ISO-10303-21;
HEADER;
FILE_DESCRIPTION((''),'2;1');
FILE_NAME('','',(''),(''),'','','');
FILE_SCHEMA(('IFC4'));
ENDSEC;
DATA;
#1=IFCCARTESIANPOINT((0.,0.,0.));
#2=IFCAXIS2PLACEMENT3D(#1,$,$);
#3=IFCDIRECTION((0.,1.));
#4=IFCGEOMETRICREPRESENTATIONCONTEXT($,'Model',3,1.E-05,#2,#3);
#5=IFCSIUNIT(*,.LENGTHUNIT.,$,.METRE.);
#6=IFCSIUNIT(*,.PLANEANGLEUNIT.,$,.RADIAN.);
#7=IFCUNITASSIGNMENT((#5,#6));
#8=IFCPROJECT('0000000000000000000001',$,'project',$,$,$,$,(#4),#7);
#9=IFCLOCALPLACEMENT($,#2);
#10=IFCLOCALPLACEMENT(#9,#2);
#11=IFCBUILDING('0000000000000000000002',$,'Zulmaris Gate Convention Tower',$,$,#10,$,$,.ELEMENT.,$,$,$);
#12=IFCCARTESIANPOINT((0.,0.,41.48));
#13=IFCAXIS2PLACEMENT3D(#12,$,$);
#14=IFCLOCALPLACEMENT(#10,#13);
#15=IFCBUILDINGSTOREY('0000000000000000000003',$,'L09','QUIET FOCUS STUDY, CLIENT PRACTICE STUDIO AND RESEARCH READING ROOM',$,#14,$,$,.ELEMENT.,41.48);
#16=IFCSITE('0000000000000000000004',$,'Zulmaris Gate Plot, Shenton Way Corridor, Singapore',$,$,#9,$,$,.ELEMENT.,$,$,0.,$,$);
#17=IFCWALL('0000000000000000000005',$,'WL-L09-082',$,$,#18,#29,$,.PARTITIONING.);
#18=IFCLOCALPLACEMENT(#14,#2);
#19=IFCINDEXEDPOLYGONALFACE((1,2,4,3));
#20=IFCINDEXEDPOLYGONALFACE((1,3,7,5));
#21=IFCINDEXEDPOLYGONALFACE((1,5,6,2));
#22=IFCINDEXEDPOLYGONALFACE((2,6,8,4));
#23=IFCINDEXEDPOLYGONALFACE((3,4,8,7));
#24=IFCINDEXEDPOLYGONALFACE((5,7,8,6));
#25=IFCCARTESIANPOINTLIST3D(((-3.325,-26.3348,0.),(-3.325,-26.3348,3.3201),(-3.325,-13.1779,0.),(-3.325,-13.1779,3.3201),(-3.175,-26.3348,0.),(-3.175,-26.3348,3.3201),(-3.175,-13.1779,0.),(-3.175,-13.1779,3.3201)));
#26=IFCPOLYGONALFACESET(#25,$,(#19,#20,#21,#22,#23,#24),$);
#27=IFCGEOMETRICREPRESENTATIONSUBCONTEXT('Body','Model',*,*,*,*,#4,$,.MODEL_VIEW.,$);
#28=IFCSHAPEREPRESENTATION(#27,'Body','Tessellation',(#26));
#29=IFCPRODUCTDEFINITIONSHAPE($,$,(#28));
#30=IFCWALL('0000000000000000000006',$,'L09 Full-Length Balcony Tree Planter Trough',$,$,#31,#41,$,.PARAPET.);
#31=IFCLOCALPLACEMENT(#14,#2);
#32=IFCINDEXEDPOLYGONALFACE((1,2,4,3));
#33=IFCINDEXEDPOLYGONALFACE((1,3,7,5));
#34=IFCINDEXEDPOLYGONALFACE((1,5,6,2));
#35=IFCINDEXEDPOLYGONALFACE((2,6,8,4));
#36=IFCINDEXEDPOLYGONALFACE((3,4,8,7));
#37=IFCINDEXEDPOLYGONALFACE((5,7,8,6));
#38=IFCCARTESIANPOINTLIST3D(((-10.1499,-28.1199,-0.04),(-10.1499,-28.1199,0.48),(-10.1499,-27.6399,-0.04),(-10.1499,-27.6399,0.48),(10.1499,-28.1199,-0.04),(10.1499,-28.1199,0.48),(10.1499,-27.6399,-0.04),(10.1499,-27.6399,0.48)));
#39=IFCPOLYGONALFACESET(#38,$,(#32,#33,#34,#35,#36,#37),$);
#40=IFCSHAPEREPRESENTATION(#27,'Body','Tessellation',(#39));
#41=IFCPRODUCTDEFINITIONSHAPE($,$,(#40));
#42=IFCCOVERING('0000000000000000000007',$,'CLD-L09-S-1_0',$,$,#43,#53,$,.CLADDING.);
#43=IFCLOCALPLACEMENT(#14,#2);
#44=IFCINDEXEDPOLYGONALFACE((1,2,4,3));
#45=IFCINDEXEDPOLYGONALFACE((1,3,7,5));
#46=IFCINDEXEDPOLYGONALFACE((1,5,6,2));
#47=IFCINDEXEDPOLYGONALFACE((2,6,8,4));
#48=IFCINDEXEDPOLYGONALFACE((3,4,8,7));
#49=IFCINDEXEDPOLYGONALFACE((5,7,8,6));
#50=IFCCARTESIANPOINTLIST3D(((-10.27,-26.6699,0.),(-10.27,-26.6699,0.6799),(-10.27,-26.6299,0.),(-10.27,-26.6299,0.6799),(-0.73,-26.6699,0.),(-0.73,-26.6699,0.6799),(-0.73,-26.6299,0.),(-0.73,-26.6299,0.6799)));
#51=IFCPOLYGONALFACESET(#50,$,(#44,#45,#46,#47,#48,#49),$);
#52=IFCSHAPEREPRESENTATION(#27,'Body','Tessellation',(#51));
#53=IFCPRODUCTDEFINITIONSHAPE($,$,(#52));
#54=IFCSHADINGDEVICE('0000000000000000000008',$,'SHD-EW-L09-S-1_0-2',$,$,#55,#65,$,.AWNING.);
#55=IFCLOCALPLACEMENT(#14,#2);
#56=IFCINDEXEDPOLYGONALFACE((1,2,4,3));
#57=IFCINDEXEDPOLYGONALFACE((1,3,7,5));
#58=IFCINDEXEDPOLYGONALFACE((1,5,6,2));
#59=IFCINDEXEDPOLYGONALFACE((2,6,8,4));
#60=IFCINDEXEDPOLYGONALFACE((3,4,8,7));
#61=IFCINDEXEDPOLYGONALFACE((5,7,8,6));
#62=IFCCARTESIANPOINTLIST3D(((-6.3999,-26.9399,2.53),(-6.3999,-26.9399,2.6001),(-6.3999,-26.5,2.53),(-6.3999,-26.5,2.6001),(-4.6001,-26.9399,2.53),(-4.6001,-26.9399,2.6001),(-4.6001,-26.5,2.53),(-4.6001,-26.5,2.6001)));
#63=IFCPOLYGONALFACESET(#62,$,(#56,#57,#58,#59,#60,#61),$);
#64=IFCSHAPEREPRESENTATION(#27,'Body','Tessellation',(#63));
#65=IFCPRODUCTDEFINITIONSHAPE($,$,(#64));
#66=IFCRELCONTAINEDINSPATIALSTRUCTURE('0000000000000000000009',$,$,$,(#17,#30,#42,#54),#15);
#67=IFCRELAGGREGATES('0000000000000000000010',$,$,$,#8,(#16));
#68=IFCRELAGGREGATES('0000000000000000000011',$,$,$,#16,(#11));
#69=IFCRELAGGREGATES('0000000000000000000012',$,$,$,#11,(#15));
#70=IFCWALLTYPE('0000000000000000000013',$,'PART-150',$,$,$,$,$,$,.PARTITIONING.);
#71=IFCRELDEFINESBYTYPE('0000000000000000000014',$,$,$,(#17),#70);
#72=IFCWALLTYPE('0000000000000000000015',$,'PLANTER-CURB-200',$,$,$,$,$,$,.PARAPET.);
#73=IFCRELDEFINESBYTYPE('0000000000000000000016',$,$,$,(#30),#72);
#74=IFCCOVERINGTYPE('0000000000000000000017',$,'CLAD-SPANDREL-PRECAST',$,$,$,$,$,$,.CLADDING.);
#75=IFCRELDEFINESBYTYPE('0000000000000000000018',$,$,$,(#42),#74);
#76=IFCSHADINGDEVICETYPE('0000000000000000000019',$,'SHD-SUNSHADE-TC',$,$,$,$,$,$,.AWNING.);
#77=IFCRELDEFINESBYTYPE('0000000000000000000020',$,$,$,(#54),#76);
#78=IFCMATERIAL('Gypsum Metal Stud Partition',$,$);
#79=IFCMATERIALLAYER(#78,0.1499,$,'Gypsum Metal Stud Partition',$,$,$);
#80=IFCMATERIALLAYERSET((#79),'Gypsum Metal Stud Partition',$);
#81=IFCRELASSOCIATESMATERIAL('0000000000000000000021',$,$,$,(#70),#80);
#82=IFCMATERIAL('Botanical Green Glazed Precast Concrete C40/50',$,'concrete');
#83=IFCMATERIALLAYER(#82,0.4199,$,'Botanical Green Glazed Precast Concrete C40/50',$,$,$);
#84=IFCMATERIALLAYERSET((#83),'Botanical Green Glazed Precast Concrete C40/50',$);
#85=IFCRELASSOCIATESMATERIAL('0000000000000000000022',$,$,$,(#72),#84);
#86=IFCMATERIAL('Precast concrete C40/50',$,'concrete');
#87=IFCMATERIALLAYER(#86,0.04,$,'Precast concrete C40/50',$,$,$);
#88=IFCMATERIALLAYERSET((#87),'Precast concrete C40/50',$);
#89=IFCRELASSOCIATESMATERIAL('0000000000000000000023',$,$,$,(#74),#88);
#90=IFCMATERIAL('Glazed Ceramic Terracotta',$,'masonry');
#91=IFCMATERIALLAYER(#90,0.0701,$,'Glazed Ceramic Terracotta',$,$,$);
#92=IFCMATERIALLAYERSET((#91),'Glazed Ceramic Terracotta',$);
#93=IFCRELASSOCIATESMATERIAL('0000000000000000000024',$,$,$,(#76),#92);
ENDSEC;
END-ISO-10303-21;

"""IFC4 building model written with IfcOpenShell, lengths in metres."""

from ifc_helpers import new_model, si_unit, direction, frame, frame_2d, origin, place, context, subcontext, project, spatial, rectangle, extrude, material, layer, layer_set, type_object, element, save


model = new_model("IFC4")

# Units and contexts
model_context = context("Model", 3, precision=1e-05, world=origin(), true_north=direction((0.0, 1.0)))
body_context = subcontext(model_context, "Body", "Model", "MODEL_VIEW")
ifc_project = project(units=[si_unit("LENGTHUNIT", "METRE"), si_unit("PLANEANGLEUNIT", "RADIAN")], contexts=[model_context])

# Site, building, storey
site_placement = place(None, origin())
site = spatial("IfcSite", under=ifc_project, at=site_placement, Name="Zulmaris Gate Plot, Shenton Way Corridor, Singapore", CompositionType="ELEMENT", RefElevation=0.0)
building_placement = place(site_placement, origin())
building = spatial("IfcBuilding", under=site, at=building_placement, Name="Zulmaris Gate Convention Tower", CompositionType="ELEMENT")
storey_placement = place(building_placement, frame((0.0, 0.0, 41.48)))
storey = spatial("IfcBuildingStorey", under=building, at=storey_placement, Name="L09", Description="QUIET FOCUS STUDY, CLIENT PRACTICE STUDIO AND RESEARCH READING ROOM", CompositionType="ELEMENT", Elevation=41.48)

# Shared definitions
ifc_material_1 = material(Name="Gypsum Metal Stud Partition")
ifc_layer_1 = layer(ifc_material_1, 0.1499, Name="Gypsum Metal Stud Partition")
ifc_layer_set_1 = layer_set([ifc_layer_1], Name="Gypsum Metal Stud Partition")
wall_type_1 = type_object("IfcWallType", Name="PART-150", PredefinedType="PARTITIONING", material=ifc_layer_set_1)

# Walls
wall_1_placement = place(storey_placement, frame((-3.25, -26.335, 0.0), z_axis=(0.0, 0.0, 1.0), x_axis=(0.0, 1.0, 0.0)))
element("IfcWall", 1, at=wall_1_placement, inside=storey, type_object=wall_type_1, Name="WL-L09-082", PredefinedType="PARTITIONING", context=body_context, shape_type="SweptSolid", body=[
    extrude(rectangle(XDim=13.157, YDim=0.1499, at=frame_2d((6.5786, 0.0))), origin(), (0.0, 0.0, 1.0), 3.3201),
])
ifc_material_2 = material(Name="Botanical Green Glazed Precast Concrete C40/50", Category="concrete")
ifc_layer_2 = layer(ifc_material_2, 0.4199, Name="Botanical Green Glazed Precast Concrete C40/50")
ifc_layer_set_2 = layer_set([ifc_layer_2], Name="Botanical Green Glazed Precast Concrete C40/50")
wall_type_2 = type_object("IfcWallType", Name="PLANTER-CURB-200", PredefinedType="PARAPET", material=ifc_layer_set_2)
wall_2_placement = place(storey_placement, frame((-10.1499, -27.8799, -0.04), z_axis=(0.0, 0.0, 1.0), x_axis=(1.0, 0.0, 0.0)))
element("IfcWall", 2, at=wall_2_placement, inside=storey, type_object=wall_type_2, Name="L09 Full-Length Balcony Tree Planter Trough", PredefinedType="PARAPET", context=body_context, shape_type="SweptSolid", body=[
    extrude(rectangle(XDim=20.2998, YDim=0.48, at=frame_2d((10.1499, 0.0))), origin(), (0.0, 0.0, 1.0), 0.52),
])

# Shared definitions
ifc_material_3 = material(Name="Precast concrete C40/50", Category="concrete")

# Covering
ifc_layer_3 = layer(ifc_material_3, 0.04, Name="Precast concrete C40/50")
ifc_layer_set_3 = layer_set([ifc_layer_3], Name="Precast concrete C40/50")
covering_type = type_object("IfcCoveringType", Name="CLAD-SPANDREL-PRECAST", PredefinedType="CLADDING", material=ifc_layer_set_3)
covering_placement = place(storey_placement, frame((-10.27, -26.6499, 0.0), z_axis=(0.0, 0.0, 1.0), x_axis=(1.0, 0.0, 0.0)))
element("IfcCovering", 3, at=covering_placement, inside=storey, type_object=covering_type, Name="CLD-L09-S-1_0", PredefinedType="CLADDING", context=body_context, shape_type="SweptSolid", body=[
    extrude(rectangle(XDim=9.54, YDim=0.04, at=frame_2d((4.77, 0.0))), origin(), (0.0, 0.0, 1.0), 0.6799),
])

# Shading device
ifc_material_4 = material(Name="Glazed Ceramic Terracotta", Category="masonry")
ifc_layer_4 = layer(ifc_material_4, 0.0701, Name="Glazed Ceramic Terracotta")
ifc_layer_set_4 = layer_set([ifc_layer_4], Name="Glazed Ceramic Terracotta")
shading_device_type = type_object("IfcShadingDeviceType", Name="SHD-SUNSHADE-TC", PredefinedType="AWNING", material=ifc_layer_set_4)
shading_device_placement = place(storey_placement, frame((-6.3999, -26.72, 2.53), z_axis=(0.0, 0.0, 1.0), x_axis=(1.0, 0.0, 0.0)))
element("IfcShadingDevice", 4, at=shading_device_placement, inside=storey, type_object=shading_device_type, Name="SHD-EW-L09-S-1_0-2", PredefinedType="AWNING", context=body_context, shape_type="SweptSolid", body=[
    extrude(rectangle(XDim=1.7998, YDim=0.4399, at=frame_2d((0.8999, 0.0))), origin(), (0.0, 0.0, 1.0), 0.0701),
])

save(model, "model.ifc")
